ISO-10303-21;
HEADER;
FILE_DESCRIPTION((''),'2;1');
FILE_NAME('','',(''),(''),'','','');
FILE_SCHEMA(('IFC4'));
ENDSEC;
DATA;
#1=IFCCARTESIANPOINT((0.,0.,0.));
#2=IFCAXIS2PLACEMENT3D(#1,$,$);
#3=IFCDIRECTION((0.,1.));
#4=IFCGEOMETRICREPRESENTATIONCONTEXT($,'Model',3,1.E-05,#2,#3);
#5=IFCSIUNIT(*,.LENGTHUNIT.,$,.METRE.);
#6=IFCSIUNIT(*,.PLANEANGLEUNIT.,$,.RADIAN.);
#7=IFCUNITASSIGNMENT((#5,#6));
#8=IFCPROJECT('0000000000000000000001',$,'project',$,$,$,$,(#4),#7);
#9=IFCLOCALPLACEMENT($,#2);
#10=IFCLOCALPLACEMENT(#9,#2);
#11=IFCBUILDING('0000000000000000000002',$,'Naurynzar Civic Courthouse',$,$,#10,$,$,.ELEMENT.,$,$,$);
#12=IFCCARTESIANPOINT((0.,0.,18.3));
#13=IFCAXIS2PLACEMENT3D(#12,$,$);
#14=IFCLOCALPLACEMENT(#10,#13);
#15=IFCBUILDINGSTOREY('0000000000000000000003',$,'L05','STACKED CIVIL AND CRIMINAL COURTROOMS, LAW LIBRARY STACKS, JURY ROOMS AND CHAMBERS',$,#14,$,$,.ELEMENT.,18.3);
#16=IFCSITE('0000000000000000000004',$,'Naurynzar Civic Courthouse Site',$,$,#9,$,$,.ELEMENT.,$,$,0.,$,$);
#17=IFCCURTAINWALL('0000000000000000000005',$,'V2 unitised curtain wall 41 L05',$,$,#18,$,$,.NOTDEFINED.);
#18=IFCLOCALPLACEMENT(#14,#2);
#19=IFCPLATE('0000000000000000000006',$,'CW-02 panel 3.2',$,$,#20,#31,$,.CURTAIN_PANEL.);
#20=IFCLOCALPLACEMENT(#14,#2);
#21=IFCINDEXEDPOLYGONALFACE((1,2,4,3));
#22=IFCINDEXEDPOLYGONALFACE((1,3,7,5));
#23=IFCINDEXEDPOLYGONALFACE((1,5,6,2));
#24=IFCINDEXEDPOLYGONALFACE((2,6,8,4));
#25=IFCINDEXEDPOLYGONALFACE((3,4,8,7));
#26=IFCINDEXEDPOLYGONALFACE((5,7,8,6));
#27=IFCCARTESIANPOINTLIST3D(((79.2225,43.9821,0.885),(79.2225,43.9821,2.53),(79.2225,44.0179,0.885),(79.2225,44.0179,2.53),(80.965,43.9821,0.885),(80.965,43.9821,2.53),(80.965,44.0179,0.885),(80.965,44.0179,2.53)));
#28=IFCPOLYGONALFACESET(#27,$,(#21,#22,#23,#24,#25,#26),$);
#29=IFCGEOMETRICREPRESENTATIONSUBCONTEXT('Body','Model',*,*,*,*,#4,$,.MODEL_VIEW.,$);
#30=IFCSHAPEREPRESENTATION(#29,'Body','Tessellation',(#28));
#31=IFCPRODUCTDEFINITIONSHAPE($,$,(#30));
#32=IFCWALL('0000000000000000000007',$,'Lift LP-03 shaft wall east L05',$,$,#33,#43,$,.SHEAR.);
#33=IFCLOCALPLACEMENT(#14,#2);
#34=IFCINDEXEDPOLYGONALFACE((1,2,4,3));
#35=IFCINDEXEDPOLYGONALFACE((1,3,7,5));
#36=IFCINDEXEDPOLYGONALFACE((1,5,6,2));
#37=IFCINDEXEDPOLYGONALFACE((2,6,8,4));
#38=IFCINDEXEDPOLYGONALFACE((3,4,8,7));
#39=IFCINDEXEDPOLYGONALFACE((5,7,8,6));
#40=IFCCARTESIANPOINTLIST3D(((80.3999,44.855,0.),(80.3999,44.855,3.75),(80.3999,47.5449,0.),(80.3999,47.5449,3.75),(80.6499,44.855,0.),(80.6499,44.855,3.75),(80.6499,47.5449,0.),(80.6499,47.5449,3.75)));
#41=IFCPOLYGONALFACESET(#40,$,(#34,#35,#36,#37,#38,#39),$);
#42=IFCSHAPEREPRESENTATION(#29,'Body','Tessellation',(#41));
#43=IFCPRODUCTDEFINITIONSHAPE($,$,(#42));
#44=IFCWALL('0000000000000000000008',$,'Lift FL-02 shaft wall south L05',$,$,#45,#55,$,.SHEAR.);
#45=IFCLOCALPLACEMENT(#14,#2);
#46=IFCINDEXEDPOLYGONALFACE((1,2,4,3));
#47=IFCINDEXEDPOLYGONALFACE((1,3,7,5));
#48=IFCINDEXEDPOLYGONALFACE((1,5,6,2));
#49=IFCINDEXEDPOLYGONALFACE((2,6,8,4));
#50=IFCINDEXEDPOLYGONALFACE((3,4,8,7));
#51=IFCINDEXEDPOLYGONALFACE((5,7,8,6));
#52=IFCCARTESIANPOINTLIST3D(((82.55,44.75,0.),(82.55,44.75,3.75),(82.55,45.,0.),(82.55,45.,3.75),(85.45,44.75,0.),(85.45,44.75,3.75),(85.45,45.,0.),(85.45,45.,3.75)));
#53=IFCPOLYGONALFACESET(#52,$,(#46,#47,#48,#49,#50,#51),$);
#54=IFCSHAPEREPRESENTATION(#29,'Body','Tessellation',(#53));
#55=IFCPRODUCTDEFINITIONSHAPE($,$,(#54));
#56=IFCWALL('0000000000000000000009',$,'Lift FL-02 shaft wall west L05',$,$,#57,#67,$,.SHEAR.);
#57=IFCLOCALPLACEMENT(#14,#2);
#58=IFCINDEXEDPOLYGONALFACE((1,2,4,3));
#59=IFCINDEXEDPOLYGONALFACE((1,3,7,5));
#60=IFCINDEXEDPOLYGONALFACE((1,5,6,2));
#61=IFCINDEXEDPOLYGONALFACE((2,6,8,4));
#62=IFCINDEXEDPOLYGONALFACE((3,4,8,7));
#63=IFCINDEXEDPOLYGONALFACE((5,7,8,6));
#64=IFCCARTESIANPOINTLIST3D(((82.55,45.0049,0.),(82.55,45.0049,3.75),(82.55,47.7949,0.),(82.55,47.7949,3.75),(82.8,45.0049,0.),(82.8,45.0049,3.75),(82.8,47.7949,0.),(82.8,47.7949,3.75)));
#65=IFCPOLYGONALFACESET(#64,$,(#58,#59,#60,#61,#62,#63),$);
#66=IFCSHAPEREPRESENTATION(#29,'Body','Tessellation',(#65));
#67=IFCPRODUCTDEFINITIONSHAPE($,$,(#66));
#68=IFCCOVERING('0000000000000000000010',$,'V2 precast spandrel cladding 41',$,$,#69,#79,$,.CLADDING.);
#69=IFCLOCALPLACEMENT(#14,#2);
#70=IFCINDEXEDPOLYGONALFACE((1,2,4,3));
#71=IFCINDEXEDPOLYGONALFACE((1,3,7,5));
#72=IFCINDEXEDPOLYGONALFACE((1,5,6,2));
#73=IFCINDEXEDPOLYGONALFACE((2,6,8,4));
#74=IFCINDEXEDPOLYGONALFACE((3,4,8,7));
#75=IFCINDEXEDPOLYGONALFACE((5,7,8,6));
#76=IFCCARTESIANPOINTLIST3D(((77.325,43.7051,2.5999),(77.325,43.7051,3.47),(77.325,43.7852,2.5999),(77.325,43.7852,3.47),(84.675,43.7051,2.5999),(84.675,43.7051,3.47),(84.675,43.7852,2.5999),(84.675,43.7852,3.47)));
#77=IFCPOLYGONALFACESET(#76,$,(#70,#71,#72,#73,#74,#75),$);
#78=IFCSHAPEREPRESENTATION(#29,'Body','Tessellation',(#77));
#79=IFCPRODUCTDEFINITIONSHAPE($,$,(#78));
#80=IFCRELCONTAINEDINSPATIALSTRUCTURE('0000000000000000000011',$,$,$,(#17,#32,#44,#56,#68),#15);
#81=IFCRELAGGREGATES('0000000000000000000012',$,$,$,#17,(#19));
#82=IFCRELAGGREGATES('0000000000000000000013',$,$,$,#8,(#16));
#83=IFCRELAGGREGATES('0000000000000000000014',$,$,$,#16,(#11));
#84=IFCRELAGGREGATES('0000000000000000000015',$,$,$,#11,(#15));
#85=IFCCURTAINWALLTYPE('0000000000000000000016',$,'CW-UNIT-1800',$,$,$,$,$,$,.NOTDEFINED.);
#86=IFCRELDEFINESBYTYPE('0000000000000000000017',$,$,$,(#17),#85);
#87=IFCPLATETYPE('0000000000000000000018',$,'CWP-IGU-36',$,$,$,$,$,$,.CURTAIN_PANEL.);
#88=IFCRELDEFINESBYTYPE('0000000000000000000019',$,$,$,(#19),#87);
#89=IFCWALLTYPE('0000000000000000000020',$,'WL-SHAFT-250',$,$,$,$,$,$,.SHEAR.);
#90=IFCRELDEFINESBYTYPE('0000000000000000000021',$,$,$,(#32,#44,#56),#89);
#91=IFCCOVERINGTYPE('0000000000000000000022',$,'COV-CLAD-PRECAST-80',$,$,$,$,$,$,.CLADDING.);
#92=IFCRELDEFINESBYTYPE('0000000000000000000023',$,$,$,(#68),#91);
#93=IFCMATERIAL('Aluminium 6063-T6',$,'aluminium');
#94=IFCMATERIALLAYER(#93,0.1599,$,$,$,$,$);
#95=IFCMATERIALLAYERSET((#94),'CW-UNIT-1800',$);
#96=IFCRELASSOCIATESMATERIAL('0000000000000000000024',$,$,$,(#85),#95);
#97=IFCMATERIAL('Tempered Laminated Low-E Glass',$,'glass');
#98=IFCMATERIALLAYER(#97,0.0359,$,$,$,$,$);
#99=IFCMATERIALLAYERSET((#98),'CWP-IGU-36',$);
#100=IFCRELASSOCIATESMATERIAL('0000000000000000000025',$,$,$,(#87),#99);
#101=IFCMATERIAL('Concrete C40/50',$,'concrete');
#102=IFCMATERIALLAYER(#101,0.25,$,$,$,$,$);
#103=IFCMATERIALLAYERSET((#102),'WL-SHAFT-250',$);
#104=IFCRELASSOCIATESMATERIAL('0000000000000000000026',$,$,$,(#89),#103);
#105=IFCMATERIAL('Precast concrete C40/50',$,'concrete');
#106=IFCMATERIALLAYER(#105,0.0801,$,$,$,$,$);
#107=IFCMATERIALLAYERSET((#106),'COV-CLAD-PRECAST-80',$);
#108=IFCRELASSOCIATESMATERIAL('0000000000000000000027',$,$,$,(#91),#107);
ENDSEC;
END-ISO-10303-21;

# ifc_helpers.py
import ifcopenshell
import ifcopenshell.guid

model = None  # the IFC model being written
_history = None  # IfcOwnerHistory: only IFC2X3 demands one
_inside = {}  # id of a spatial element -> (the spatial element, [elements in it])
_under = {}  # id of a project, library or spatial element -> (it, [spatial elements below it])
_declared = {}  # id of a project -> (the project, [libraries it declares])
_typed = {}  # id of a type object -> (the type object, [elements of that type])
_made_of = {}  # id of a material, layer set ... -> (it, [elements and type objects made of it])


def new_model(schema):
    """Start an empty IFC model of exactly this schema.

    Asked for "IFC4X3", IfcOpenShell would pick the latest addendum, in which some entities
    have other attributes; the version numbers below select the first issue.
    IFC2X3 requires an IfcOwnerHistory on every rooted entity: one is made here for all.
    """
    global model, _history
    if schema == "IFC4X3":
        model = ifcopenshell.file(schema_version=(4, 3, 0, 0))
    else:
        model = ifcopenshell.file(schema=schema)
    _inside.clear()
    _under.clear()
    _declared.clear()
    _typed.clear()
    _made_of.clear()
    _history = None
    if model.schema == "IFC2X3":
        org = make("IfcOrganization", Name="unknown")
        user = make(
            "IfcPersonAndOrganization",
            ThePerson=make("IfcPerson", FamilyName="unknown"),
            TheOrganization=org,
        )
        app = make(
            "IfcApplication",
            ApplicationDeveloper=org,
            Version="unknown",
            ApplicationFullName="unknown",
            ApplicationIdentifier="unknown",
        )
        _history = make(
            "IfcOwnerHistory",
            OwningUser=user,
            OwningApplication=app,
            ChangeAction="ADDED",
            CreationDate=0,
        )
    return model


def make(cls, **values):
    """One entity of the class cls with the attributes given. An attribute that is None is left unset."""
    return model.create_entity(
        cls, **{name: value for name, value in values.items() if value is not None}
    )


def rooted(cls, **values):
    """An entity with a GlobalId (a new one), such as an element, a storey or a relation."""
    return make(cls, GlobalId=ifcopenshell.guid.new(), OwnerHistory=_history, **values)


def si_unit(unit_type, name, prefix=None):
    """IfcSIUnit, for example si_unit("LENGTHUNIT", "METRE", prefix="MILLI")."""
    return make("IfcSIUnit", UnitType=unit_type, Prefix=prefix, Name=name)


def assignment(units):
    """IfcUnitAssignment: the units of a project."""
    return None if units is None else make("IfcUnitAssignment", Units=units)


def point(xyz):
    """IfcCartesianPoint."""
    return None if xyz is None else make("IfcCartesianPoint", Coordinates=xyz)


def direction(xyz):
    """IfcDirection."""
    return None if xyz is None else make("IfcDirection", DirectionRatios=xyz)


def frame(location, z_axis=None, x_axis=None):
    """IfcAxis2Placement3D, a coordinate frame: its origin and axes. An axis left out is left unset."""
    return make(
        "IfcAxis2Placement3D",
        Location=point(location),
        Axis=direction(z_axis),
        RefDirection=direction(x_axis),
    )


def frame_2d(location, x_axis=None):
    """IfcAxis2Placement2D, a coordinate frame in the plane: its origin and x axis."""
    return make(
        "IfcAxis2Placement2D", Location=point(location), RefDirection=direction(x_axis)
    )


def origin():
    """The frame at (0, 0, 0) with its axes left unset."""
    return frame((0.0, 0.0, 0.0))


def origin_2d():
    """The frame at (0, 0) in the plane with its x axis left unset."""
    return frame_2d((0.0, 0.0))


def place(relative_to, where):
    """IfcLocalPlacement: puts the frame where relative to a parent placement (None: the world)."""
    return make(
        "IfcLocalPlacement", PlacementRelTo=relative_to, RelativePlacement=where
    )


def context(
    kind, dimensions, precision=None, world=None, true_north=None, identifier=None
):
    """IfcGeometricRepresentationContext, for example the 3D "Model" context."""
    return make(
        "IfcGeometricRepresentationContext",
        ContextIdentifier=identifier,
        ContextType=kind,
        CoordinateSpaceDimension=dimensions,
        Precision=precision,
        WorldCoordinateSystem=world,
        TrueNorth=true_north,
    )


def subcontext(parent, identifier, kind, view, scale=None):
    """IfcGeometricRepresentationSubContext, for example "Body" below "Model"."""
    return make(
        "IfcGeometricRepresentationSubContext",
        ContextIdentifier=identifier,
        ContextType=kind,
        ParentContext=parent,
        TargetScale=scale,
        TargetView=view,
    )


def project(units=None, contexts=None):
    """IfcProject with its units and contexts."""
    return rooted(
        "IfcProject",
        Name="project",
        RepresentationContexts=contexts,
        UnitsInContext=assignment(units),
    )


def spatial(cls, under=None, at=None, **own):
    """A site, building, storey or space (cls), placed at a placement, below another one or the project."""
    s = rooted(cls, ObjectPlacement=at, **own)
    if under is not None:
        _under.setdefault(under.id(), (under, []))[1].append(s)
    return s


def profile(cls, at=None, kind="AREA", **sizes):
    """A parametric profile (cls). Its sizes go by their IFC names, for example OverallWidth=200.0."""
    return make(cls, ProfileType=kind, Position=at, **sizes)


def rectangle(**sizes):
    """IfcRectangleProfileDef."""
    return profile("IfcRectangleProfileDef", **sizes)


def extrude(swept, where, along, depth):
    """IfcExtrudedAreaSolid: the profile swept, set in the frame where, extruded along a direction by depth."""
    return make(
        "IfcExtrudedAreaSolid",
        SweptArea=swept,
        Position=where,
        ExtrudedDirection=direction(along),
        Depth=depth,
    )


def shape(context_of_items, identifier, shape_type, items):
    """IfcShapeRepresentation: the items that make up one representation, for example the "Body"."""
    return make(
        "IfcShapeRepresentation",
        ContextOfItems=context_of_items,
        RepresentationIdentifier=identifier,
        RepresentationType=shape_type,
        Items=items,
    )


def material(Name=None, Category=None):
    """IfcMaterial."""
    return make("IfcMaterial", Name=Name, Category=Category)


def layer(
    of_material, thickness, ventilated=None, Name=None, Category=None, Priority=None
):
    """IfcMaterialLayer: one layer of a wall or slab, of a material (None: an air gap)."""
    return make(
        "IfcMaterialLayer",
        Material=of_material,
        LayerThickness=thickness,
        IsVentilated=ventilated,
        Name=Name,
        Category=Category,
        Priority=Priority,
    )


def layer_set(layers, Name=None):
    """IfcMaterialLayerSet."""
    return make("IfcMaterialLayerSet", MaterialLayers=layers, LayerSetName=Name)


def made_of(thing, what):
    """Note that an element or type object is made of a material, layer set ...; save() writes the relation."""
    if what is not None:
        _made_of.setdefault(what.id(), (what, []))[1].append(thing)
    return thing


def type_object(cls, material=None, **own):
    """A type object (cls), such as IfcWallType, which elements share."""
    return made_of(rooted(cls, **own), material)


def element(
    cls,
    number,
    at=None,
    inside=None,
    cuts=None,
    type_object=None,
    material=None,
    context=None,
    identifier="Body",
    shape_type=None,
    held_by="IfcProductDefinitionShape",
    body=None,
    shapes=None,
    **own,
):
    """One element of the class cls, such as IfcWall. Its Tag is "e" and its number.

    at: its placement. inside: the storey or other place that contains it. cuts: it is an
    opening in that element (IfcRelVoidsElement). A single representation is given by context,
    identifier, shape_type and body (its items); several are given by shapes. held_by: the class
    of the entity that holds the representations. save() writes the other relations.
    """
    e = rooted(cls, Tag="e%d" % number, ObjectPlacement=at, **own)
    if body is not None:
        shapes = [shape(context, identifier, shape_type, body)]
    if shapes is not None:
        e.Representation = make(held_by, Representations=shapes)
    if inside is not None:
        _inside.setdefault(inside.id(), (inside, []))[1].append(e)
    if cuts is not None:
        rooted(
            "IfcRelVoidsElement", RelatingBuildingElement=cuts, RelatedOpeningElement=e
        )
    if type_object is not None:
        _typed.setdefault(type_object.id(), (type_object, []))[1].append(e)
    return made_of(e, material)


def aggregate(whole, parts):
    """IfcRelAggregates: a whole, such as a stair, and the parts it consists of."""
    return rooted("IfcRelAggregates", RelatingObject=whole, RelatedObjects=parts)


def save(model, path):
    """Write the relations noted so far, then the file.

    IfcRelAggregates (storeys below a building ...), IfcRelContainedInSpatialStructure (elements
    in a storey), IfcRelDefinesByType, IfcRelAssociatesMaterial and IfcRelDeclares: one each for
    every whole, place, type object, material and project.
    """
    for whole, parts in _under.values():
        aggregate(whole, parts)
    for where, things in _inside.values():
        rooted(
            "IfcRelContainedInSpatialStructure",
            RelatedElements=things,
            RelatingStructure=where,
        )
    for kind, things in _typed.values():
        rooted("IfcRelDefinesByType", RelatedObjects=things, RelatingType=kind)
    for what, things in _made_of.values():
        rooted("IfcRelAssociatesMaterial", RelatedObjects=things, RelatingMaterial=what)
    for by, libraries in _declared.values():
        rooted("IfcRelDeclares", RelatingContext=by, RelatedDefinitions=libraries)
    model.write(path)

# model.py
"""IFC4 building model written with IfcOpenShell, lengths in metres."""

from ifc_helpers import new_model, si_unit, direction, frame, frame_2d, origin, origin_2d, place, context, subcontext, project, spatial, rectangle, extrude, material, layer, layer_set, type_object, element, aggregate, save


model = new_model("IFC4")

# Units and contexts
model_context = context("Model", 3, precision=1e-05, world=origin(), true_north=direction((0.0, 1.0)))
body_context = subcontext(model_context, "Body", "Model", "MODEL_VIEW")
ifc_project = project(units=[si_unit("LENGTHUNIT", "METRE"), si_unit("PLANEANGLEUNIT", "RADIAN")], contexts=[model_context])

# Site, building, storey
site_placement = place(None, origin())
site = spatial("IfcSite", under=ifc_project, at=site_placement, Name="Naurynzar Civic Courthouse Site", CompositionType="ELEMENT", RefElevation=0.0)
building_placement = place(site_placement, origin())
building = spatial("IfcBuilding", under=site, at=building_placement, Name="Naurynzar Civic Courthouse", CompositionType="ELEMENT")
storey_placement = place(building_placement, frame((0.0, 0.0, 18.3)))
storey = spatial("IfcBuildingStorey", under=building, at=storey_placement, Name="L05", Description="STACKED CIVIL AND CRIMINAL COURTROOMS, LAW LIBRARY STACKS, JURY ROOMS AND CHAMBERS", CompositionType="ELEMENT", Elevation=18.3)

# Curtain wall, plate
ifc_material_1 = material(Name="Aluminium 6063-T6", Category="aluminium")
ifc_layer_1 = layer(ifc_material_1, 0.1599)
ifc_layer_set_1 = layer_set([ifc_layer_1], Name="CW-UNIT-1800")
curtain_wall_type = type_object("IfcCurtainWallType", Name="CW-UNIT-1800", PredefinedType="NOTDEFINED", material=ifc_layer_set_1)
curtain_wall_placement = place(storey_placement, origin())
curtain_wall = element("IfcCurtainWall", 1, at=curtain_wall_placement, inside=storey, type_object=curtain_wall_type, Name="V2 unitised curtain wall 41 L05", PredefinedType="NOTDEFINED")
ifc_material_2 = material(Name="Tempered Laminated Low-E Glass", Category="glass")
ifc_layer_2 = layer(ifc_material_2, 0.0359)
ifc_layer_set_2 = layer_set([ifc_layer_2], Name="CWP-IGU-36")
plate_type = type_object("IfcPlateType", Name="CWP-IGU-36", PredefinedType="CURTAIN_PANEL", material=ifc_layer_set_2)
plate_1_placement = place(storey_placement, frame((80.0938, 44.0, 0.885), z_axis=(0.0, 0.0, 1.0), x_axis=(-1.0, 0.0, 0.0)))
plate_1 = element("IfcPlate", 2, at=plate_1_placement, type_object=plate_type, Name="CW-02 panel 3.2", PredefinedType="CURTAIN_PANEL", context=body_context, shape_type="SweptSolid", body=[
    extrude(rectangle(XDim=1.7424, YDim=0.0359, at=origin_2d()), origin(), (0.0, 0.0, 1.0), 1.645),
])
aggregate(curtain_wall, [plate_1])

# Shared definitions
ifc_material_3 = material(Name="Concrete C40/50", Category="concrete")
ifc_layer_3 = layer(ifc_material_3, 0.25)
ifc_layer_set_3 = layer_set([ifc_layer_3], Name="WL-SHAFT-250")
wall_type = type_object("IfcWallType", Name="WL-SHAFT-250", PredefinedType="SHEAR", material=ifc_layer_set_3)

# Walls
wall_1_placement = place(storey_placement, frame((80.5249, 44.855, 0.0), z_axis=(0.0, 0.0, 1.0), x_axis=(0.0, 1.0, 0.0)))
element("IfcWall", 3, at=wall_1_placement, inside=storey, type_object=wall_type, Name="Lift LP-03 shaft wall east L05", PredefinedType="SHEAR", context=body_context, shape_type="SweptSolid", body=[
    extrude(rectangle(XDim=2.6899, YDim=0.25, at=frame_2d((1.345, 0.0))), origin(), (0.0, 0.0, 1.0), 3.75),
])
wall_2_placement = place(storey_placement, frame((82.55, 44.875, 0.0), z_axis=(0.0, 0.0, 1.0), x_axis=(1.0, 0.0, 0.0)))
element("IfcWall", 4, at=wall_2_placement, inside=storey, type_object=wall_type, Name="Lift FL-02 shaft wall south L05", PredefinedType="SHEAR", context=body_context, shape_type="SweptSolid", body=[
    extrude(rectangle(XDim=2.8999, YDim=0.25, at=frame_2d((1.45, 0.0))), origin(), (0.0, 0.0, 1.0), 3.75),
])
wall_3_placement = place(storey_placement, frame((82.675, 47.7949, 0.0), z_axis=(0.0, 0.0, 1.0), x_axis=(0.0, -1.0, 0.0)))
element("IfcWall", 5, at=wall_3_placement, inside=storey, type_object=wall_type, Name="Lift FL-02 shaft wall west L05", PredefinedType="SHEAR", context=body_context, shape_type="SweptSolid", body=[
    extrude(rectangle(XDim=2.79, YDim=0.25, at=frame_2d((1.395, 0.0))), origin(), (0.0, 0.0, 1.0), 3.75),
])

# Covering
ifc_material_4 = material(Name="Precast concrete C40/50", Category="concrete")
ifc_layer_4 = layer(ifc_material_4, 0.0801)
ifc_layer_set_4 = layer_set([ifc_layer_4], Name="COV-CLAD-PRECAST-80")
covering_type = type_object("IfcCoveringType", Name="COV-CLAD-PRECAST-80", PredefinedType="CLADDING", material=ifc_layer_set_4)
covering_placement = place(storey_placement, frame((81.0, 43.7451, 2.5999), z_axis=(0.0, 0.0, 1.0), x_axis=(-1.0, 0.0, 0.0)))
element("IfcCovering", 6, at=covering_placement, inside=storey, type_object=covering_type, Name="V2 precast spandrel cladding 41", PredefinedType="CLADDING", context=body_context, shape_type="SweptSolid", body=[
    extrude(rectangle(XDim=7.3501, YDim=0.0801, at=origin_2d()), origin(), (0.0, 0.0, 1.0), 0.8701),
])

save(model, "model.ifc")
